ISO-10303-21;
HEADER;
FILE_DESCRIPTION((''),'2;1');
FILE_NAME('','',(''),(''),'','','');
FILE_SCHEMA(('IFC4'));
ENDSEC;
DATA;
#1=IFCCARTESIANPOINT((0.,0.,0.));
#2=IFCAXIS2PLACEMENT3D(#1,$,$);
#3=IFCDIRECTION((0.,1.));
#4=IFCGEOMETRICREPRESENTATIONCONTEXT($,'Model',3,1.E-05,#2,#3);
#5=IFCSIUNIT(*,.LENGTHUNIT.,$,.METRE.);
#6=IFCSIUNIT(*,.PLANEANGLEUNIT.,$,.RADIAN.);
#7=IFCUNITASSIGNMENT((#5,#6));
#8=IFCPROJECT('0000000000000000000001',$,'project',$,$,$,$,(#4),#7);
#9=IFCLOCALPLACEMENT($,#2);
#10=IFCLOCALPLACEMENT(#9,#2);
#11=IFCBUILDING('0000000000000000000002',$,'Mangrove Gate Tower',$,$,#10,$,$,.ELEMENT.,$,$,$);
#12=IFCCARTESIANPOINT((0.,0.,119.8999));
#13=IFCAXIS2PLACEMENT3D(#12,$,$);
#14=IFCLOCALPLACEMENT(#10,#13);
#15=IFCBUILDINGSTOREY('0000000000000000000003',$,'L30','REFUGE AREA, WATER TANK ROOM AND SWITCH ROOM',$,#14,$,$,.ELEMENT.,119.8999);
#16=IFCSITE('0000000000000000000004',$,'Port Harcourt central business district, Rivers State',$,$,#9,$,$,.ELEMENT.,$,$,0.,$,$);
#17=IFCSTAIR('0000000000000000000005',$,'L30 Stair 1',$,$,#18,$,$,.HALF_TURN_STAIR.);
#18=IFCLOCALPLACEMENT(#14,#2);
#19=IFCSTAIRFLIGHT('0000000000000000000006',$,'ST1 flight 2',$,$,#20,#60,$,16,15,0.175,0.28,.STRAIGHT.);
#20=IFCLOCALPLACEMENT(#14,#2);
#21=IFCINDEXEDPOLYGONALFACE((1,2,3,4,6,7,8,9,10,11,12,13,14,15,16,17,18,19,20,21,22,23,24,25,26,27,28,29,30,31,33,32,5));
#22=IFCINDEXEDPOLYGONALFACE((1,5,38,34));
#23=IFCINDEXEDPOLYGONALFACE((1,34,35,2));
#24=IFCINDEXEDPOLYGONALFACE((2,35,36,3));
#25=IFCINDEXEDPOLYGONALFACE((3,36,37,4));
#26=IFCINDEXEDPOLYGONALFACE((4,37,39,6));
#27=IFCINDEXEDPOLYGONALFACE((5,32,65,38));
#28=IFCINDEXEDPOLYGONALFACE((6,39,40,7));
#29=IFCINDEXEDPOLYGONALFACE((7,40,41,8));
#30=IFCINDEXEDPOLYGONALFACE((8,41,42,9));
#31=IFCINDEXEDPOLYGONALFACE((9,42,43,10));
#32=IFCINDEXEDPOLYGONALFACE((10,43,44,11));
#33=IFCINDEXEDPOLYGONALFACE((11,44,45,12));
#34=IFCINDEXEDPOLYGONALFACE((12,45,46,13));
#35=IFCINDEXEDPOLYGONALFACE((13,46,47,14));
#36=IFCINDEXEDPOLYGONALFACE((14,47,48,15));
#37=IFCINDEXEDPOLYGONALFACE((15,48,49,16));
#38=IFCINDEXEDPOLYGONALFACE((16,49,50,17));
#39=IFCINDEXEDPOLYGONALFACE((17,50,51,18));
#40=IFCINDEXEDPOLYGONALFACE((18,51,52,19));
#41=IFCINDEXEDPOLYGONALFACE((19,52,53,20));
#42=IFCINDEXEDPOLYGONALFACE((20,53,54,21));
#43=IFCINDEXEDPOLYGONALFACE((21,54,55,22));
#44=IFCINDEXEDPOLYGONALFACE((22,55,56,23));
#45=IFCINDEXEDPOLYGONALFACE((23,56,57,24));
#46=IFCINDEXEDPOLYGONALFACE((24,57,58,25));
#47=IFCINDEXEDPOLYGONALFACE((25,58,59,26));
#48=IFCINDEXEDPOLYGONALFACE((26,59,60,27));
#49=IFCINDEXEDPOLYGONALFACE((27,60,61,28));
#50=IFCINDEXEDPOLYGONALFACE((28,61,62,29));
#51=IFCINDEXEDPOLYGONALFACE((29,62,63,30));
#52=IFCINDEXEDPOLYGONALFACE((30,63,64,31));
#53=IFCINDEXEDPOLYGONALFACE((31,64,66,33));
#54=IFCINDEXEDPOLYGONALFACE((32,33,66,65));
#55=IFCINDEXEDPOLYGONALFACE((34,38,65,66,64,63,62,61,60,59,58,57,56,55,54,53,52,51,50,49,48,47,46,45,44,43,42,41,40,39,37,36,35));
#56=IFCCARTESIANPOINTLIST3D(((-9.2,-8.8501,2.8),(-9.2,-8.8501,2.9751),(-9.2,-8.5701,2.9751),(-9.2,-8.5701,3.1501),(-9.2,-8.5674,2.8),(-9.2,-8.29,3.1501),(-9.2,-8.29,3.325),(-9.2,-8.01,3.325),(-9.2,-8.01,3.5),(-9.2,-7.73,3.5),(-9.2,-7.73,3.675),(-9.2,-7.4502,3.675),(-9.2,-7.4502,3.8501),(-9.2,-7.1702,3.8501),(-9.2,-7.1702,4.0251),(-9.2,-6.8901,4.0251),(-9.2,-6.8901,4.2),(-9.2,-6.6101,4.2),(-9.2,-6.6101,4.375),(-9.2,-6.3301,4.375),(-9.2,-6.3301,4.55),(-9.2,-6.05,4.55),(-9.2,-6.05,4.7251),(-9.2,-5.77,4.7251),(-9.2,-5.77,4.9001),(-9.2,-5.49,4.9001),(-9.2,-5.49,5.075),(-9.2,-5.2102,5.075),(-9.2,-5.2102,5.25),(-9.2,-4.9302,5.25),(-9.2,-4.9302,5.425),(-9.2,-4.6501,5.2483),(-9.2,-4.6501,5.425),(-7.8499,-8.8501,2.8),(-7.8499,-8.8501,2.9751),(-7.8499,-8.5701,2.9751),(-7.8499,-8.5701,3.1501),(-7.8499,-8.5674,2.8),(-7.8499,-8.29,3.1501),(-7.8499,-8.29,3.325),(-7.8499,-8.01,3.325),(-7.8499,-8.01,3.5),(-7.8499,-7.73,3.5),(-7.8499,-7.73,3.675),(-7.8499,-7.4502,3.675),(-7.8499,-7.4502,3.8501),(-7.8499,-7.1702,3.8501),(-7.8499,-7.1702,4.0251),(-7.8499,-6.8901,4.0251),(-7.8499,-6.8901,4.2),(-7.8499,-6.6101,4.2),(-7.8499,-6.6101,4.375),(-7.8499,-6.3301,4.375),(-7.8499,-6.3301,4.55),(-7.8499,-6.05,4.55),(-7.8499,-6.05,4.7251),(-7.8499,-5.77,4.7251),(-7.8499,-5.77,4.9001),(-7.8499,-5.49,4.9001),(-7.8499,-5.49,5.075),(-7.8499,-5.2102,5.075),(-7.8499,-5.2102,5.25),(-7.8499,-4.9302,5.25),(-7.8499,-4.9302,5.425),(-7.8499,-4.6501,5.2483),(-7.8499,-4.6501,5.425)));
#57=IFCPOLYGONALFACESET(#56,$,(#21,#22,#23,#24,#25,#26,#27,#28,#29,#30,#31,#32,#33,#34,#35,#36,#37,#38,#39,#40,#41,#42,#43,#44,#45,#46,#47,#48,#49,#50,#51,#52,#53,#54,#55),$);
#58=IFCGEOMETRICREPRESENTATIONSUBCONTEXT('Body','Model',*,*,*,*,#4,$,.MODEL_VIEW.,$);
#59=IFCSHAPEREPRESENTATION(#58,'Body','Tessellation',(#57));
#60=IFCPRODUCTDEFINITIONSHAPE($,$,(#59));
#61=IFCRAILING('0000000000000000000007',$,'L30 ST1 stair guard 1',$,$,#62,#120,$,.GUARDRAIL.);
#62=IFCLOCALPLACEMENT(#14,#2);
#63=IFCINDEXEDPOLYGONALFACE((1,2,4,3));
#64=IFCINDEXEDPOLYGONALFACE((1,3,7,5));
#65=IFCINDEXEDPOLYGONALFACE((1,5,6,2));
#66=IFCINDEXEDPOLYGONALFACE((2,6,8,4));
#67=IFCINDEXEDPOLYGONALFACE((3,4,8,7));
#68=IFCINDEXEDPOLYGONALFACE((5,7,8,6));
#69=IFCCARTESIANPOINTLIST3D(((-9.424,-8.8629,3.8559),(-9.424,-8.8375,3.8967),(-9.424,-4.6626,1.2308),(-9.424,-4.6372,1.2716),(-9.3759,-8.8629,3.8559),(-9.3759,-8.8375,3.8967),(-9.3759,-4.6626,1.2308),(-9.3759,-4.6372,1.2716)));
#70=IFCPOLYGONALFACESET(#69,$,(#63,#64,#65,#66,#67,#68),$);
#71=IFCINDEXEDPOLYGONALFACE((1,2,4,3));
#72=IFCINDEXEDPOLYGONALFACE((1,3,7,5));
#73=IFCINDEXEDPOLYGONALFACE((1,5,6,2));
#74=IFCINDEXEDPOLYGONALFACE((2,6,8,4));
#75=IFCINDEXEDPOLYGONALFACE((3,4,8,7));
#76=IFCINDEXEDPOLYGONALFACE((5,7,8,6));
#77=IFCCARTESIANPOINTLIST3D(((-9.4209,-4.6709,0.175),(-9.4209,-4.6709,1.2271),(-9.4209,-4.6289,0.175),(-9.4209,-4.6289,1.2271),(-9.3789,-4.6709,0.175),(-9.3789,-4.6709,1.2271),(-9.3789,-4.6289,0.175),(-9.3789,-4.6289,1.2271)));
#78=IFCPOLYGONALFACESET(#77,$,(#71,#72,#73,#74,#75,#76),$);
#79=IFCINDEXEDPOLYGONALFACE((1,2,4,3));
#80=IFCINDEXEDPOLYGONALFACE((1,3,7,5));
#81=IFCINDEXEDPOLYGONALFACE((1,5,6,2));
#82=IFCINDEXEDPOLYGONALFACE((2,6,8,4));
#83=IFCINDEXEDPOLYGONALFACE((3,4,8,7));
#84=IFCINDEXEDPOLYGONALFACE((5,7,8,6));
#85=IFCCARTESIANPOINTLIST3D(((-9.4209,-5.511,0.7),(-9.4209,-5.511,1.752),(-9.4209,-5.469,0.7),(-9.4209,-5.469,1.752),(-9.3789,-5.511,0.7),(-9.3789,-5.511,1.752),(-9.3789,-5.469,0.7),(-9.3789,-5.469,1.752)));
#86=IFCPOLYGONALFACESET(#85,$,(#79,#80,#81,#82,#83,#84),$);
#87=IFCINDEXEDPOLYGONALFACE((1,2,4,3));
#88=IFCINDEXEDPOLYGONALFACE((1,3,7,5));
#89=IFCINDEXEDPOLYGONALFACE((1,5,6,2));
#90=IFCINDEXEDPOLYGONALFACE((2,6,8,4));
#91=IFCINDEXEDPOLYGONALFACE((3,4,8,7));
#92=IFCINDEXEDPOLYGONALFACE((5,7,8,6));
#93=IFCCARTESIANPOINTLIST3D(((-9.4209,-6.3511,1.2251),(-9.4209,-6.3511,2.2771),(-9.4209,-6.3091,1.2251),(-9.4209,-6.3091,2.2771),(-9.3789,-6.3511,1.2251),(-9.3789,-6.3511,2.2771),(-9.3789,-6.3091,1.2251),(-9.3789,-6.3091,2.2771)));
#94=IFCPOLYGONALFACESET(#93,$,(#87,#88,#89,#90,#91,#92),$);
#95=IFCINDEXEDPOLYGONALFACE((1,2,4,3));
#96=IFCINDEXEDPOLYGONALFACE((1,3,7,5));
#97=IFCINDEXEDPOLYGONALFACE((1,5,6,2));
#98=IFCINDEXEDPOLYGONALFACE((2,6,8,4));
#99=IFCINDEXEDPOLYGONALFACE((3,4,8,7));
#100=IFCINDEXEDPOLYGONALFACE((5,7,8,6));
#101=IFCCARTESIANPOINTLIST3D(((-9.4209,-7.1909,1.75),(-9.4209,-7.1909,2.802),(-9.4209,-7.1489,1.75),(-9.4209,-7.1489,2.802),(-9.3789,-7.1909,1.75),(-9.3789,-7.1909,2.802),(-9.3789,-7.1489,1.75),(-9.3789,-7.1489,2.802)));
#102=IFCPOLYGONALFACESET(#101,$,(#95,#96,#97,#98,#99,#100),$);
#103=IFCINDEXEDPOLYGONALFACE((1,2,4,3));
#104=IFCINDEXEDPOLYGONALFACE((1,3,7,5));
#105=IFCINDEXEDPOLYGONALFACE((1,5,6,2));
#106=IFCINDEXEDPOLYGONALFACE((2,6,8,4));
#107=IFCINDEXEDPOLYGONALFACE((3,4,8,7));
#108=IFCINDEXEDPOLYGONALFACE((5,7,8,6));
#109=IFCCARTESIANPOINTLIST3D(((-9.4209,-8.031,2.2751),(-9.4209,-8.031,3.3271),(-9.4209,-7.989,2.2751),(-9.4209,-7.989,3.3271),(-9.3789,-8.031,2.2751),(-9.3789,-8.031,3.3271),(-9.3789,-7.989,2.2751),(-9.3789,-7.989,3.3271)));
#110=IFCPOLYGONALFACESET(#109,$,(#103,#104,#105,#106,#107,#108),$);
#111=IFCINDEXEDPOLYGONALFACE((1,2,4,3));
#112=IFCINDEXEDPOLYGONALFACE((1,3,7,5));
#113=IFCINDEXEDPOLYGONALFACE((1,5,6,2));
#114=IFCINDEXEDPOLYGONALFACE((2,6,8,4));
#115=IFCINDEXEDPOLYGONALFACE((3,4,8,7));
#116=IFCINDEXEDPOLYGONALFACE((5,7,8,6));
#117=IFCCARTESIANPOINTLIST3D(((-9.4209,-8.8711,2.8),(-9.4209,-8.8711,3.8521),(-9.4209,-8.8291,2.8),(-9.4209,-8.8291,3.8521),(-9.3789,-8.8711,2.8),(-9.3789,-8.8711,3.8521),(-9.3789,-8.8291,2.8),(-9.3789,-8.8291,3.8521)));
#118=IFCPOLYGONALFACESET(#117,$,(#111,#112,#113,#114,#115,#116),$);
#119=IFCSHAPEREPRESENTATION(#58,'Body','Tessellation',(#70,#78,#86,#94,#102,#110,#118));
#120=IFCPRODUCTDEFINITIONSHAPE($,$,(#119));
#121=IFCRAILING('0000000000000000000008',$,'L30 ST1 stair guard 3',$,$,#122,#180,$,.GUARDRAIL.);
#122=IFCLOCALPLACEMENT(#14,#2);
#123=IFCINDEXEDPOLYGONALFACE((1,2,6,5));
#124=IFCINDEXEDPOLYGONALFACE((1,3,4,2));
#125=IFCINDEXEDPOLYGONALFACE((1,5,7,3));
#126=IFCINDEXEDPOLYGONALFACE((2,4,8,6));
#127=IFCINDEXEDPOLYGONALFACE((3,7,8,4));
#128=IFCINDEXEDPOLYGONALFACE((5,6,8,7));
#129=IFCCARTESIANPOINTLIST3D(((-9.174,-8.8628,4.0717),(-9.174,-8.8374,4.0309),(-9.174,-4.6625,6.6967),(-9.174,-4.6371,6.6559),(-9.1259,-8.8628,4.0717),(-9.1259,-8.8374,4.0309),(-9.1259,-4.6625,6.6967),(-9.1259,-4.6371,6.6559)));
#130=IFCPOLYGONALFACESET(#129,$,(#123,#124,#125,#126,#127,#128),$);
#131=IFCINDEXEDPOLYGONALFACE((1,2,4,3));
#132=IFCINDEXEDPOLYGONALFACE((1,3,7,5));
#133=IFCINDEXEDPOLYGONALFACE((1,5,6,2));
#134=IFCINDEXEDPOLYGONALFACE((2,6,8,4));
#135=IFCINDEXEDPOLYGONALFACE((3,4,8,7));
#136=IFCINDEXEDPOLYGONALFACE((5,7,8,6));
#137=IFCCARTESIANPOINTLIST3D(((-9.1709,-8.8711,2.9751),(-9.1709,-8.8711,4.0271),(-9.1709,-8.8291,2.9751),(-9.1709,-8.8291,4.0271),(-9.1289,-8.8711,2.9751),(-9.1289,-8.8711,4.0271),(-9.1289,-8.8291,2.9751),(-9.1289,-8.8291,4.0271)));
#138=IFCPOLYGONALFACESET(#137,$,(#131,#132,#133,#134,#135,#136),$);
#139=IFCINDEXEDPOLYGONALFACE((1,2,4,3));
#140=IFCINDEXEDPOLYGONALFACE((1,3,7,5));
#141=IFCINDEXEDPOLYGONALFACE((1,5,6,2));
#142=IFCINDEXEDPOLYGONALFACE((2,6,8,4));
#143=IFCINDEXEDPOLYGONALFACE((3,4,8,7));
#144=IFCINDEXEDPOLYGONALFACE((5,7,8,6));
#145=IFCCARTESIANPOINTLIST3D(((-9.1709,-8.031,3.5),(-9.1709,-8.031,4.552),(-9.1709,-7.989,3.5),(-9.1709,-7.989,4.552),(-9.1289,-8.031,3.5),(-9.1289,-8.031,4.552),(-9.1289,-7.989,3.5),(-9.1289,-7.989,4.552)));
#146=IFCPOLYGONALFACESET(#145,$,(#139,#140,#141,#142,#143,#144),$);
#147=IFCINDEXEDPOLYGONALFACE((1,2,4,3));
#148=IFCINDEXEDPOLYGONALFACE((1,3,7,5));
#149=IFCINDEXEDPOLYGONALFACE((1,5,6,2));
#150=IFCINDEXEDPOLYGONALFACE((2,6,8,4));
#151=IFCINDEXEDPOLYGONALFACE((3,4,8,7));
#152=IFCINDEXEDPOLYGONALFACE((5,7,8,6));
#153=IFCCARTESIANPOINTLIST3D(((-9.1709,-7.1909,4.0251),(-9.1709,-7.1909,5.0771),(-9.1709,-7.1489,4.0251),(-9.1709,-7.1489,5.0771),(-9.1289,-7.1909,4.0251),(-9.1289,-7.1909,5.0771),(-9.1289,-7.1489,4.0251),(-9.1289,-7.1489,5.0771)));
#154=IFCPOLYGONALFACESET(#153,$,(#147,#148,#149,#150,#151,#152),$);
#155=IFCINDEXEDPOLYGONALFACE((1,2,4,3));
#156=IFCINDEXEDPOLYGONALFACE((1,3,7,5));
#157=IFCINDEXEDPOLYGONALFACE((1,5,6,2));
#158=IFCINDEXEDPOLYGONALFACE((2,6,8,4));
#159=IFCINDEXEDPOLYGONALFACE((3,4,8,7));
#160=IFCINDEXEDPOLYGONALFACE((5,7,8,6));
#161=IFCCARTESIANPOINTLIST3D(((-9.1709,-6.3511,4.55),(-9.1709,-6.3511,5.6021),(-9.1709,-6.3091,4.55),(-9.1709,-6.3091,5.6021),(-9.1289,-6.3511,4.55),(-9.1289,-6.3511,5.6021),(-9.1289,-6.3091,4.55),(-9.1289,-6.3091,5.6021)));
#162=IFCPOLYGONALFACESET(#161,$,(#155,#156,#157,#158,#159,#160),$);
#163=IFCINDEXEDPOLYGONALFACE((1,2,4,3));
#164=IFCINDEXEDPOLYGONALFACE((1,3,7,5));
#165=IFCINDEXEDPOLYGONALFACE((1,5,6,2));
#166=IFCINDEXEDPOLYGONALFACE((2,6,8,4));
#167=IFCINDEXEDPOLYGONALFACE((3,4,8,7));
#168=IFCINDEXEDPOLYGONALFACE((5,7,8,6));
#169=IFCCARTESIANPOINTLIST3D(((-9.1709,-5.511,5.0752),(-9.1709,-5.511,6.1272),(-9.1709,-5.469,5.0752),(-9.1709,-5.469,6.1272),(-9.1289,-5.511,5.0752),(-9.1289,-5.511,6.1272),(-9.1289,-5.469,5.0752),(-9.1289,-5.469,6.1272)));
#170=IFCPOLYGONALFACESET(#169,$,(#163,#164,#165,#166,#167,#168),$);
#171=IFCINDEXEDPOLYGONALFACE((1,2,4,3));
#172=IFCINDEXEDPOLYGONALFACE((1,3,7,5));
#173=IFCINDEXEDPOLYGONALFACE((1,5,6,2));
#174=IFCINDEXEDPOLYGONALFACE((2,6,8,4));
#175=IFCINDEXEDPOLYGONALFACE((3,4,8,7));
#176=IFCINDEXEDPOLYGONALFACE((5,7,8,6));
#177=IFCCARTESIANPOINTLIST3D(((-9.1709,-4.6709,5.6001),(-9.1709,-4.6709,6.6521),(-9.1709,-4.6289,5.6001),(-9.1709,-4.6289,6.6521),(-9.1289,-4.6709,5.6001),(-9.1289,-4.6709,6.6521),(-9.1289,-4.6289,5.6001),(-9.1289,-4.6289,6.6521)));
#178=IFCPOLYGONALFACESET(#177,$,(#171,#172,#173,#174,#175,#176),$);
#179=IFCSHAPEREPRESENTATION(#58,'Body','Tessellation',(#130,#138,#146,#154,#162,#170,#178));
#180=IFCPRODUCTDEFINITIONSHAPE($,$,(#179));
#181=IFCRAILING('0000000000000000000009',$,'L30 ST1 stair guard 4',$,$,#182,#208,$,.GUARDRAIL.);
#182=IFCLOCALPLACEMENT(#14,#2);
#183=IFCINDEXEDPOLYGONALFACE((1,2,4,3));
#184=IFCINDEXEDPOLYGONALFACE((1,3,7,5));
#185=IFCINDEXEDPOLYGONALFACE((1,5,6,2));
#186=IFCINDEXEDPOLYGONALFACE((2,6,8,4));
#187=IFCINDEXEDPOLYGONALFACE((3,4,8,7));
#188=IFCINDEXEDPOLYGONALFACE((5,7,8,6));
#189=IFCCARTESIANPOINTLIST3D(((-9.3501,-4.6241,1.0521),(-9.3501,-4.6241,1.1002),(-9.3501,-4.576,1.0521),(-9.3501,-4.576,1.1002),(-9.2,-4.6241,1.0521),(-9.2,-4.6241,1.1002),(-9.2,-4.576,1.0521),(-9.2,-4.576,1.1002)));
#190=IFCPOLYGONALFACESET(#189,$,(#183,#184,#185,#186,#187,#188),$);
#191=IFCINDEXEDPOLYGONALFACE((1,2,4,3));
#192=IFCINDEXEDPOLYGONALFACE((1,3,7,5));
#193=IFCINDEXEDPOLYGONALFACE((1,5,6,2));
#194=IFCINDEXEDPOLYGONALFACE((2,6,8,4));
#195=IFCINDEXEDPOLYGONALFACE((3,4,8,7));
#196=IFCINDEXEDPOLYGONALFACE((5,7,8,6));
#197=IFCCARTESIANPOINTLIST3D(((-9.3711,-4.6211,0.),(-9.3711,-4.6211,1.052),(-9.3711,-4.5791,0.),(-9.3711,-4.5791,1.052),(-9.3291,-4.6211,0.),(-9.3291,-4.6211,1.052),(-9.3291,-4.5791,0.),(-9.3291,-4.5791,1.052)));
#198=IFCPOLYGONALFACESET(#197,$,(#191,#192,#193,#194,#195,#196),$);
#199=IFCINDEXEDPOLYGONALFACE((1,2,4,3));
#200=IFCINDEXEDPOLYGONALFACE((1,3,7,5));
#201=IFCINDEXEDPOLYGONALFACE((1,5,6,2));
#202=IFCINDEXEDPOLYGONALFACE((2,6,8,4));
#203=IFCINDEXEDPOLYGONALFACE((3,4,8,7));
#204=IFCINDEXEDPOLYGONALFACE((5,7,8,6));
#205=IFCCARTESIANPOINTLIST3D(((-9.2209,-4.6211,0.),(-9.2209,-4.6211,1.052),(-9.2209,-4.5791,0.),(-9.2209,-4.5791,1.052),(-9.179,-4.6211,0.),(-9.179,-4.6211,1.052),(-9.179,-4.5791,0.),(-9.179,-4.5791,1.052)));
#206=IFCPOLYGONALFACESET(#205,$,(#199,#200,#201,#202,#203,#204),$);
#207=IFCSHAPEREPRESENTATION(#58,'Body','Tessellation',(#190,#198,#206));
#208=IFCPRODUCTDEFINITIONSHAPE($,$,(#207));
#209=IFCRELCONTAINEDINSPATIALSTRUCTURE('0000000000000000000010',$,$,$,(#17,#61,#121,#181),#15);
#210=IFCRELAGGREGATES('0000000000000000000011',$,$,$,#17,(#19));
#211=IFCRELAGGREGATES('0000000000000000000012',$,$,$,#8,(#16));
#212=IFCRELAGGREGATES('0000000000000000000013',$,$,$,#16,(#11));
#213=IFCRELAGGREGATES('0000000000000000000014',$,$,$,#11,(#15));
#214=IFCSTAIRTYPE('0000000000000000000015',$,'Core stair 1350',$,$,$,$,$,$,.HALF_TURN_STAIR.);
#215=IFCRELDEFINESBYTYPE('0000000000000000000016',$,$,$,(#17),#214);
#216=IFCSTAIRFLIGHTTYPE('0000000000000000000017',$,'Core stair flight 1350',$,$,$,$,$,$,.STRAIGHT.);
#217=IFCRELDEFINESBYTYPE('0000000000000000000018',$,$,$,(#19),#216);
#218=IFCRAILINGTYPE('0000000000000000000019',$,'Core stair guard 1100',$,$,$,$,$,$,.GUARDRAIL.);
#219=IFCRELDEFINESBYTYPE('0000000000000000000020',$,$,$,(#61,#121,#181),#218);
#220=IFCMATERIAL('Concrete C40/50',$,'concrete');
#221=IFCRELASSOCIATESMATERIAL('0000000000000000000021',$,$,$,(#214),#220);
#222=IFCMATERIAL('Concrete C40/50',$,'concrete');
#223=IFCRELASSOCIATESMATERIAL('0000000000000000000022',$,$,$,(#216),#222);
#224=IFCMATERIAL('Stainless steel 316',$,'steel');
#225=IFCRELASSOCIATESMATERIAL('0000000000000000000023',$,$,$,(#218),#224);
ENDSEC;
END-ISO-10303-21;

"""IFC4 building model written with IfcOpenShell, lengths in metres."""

from ifc_helpers import new_model, si_unit, direction, frame, origin, origin_2d, place, context, subcontext, project, spatial, polyline, rectangle, outline, extrude, material, type_object, element, aggregate, save


model = new_model("IFC4")

# Units and contexts
model_context = context("Model", 3, precision=1e-05, world=origin(), true_north=direction((0.0, 1.0)))
body_context = subcontext(model_context, "Body", "Model", "MODEL_VIEW")
ifc_project = project(units=[si_unit("LENGTHUNIT", "METRE"), si_unit("PLANEANGLEUNIT", "RADIAN")], contexts=[model_context])

# Site, building, storey
site_placement = place(None, origin())
site = spatial("IfcSite", under=ifc_project, at=site_placement, Name="Port Harcourt central business district, Rivers State", CompositionType="ELEMENT", RefElevation=0.0)
building_placement = place(site_placement, origin())
building = spatial("IfcBuilding", under=site, at=building_placement, Name="Mangrove Gate Tower", CompositionType="ELEMENT")
storey_placement = place(building_placement, frame((0.0, 0.0, 119.8999)))
storey = spatial("IfcBuildingStorey", under=building, at=storey_placement, Name="L30", Description="REFUGE AREA, WATER TANK ROOM AND SWITCH ROOM", CompositionType="ELEMENT", Elevation=119.8999)

# Stair, stair flight
ifc_material_1 = material(Name="Concrete C40/50", Category="concrete")
stair_type = type_object("IfcStairType", Name="Core stair 1350", PredefinedType="HALF_TURN_STAIR", material=ifc_material_1)
stair_placement = place(storey_placement, origin())
stair = element("IfcStair", 1, at=stair_placement, inside=storey, type_object=stair_type, Name="L30 Stair 1", PredefinedType="HALF_TURN_STAIR")
ifc_material_2 = material(Name="Concrete C40/50", Category="concrete")
stair_flight_type = type_object("IfcStairFlightType", Name="Core stair flight 1350", PredefinedType="STRAIGHT", material=ifc_material_2)
stair_flight_1_placement = place(storey_placement, frame((-8.5249, -8.8501, 2.8), z_axis=(0.0, 0.0, 1.0), x_axis=(0.0, 1.0, 0.0)))
stair_flight_1 = element("IfcStairFlight", 2, at=stair_flight_1_placement, type_object=stair_flight_type, Name="ST1 flight 2", NumberOfRisers=16, NumberOfTreads=15, PredefinedType="STRAIGHT", RiserHeight=0.175, TreadLength=0.28, context=body_context, shape_type="SweptSolid", body=[
    extrude(outline(polyline([(0.0, 0.0), (0.0, 0.175), (0.28, 0.175), (0.28, 0.3501), (0.5601, 0.3501), (0.5601, 0.5249), (0.8401, 0.5249), (0.8401, 0.7), (1.1201, 0.7), (1.1201, 0.875), (1.3999, 0.875), (1.3999, 1.05), (1.6799, 1.05), (1.6799, 1.2251), (1.96, 1.2251), (1.96, 1.3999), (2.24, 1.3999), (2.24, 1.575), (2.52, 1.575), (2.52, 1.75), (2.8, 1.75), (2.8, 1.925), (3.0801, 1.925), (3.0801, 2.1001), (3.3601, 2.1001), (3.3601, 2.2749), (3.6399, 2.2749), (3.6399, 2.45), (3.9199, 2.45), (3.9199, 2.625), (4.2, 2.625), (4.2, 2.8), (4.2, 2.4482), (0.2827, 0.0), (0.0, 0.0)])), frame((0.0, 0.675, 0.0), z_axis=(0.0, -1.0, 0.0), x_axis=(1.0, 0.0, 0.0)), (0.0, 0.0, 1.0), 1.3501),
])
aggregate(stair, [stair_flight_1])

# Railings
ifc_material_3 = material(Name="Stainless steel 316", Category="steel")
railing_type_1 = type_object("IfcRailingType", Name="Core stair guard 1100", PredefinedType="GUARDRAIL", material=ifc_material_3)
railing_1_placement = place(storey_placement, frame((-9.3999, -4.6499, 0.175)))
element("IfcRailing", 3, at=railing_1_placement, inside=storey, type_object=railing_type_1, Name="L30 ST1 stair guard 1", PredefinedType="GUARDRAIL", context=body_context, shape_type="SweptSolid", body=[
    extrude(rectangle(XDim=0.0481, YDim=0.0481, at=origin_2d()), frame((0.0, 0.0, 1.0762), z_axis=(0.0, -0.848009, 0.529981), x_axis=(1.0, 0.0, 0.0)), (0.0, 0.0, 1.0), 4.9531),
    extrude(rectangle(XDim=0.042, YDim=0.042, at=origin_2d()), origin(), (0.0, 0.0, 1.0), 1.052),
    extrude(rectangle(XDim=0.042, YDim=0.042, at=origin_2d()), frame((0.0, -0.8401, 0.5249)), (0.0, 0.0, 1.0), 1.052),
    extrude(rectangle(XDim=0.042, YDim=0.042, at=origin_2d()), frame((0.0, -1.6802, 1.05)), (0.0, 0.0, 1.0), 1.052),
    extrude(rectangle(XDim=0.042, YDim=0.042, at=origin_2d()), frame((0.0, -2.52, 1.575)), (0.0, 0.0, 1.0), 1.052),
    extrude(rectangle(XDim=0.042, YDim=0.042, at=origin_2d()), frame((0.0, -3.3601, 2.1001)), (0.0, 0.0, 1.0), 1.052),
    extrude(rectangle(XDim=0.042, YDim=0.042, at=origin_2d()), frame((0.0, -4.2002, 2.625)), (0.0, 0.0, 1.0), 1.052),
])
railing_2_placement = place(storey_placement, frame((-9.1499, -8.8501, 2.9751)))
element("IfcRailing", 4, at=railing_2_placement, inside=storey, type_object=railing_type_1, Name="L30 ST1 stair guard 3", PredefinedType="GUARDRAIL", context=body_context, shape_type="SweptSolid", body=[
    extrude(rectangle(XDim=0.0481, YDim=0.0481, at=origin_2d()), frame((0.0, 0.0, 1.0762), z_axis=(0.0, 0.848009, 0.529981), x_axis=(-1.0, 0.0, 0.0)), (0.0, 0.0, 1.0), 4.9531),
    extrude(rectangle(XDim=0.042, YDim=0.042, at=origin_2d()), origin(), (0.0, 0.0, 1.0), 1.052),
    extrude(rectangle(XDim=0.042, YDim=0.042, at=origin_2d()), frame((0.0, 0.8401, 0.5249)), (0.0, 0.0, 1.0), 1.052),
    extrude(rectangle(XDim=0.042, YDim=0.042, at=origin_2d()), frame((0.0, 1.6802, 1.05)), (0.0, 0.0, 1.0), 1.052),
    extrude(rectangle(XDim=0.042, YDim=0.042, at=origin_2d()), frame((0.0, 2.52, 1.575)), (0.0, 0.0, 1.0), 1.052),
    extrude(rectangle(XDim=0.042, YDim=0.042, at=origin_2d()), frame((0.0, 3.3601, 2.1001)), (0.0, 0.0, 1.0), 1.052),
    extrude(rectangle(XDim=0.042, YDim=0.042, at=origin_2d()), frame((0.0, 4.2002, 2.625)), (0.0, 0.0, 1.0), 1.052),
])
railing_3_placement = place(storey_placement, frame((-9.3501, -4.6001, 0.0)))
element("IfcRailing", 5, at=railing_3_placement, inside=storey, type_object=railing_type_1, Name="L30 ST1 stair guard 4", PredefinedType="GUARDRAIL", context=body_context, shape_type="SweptSolid", body=[
    extrude(rectangle(XDim=0.0481, YDim=0.0481, at=origin_2d()), frame((0.0, 0.0, 1.0762), z_axis=(1.0, 0.0, 0.0), x_axis=(0.0, 1.0, 0.0)), (0.0, 0.0, 1.0), 0.1501),
    extrude(rectangle(XDim=0.042, YDim=0.042, at=origin_2d()), origin(), (0.0, 0.0, 1.0), 1.052),
    extrude(rectangle(XDim=0.042, YDim=0.042, at=origin_2d()), frame((0.1501, 0.0, 0.0)), (0.0, 0.0, 1.0), 1.052),
])

save(model, "model.ifc")
